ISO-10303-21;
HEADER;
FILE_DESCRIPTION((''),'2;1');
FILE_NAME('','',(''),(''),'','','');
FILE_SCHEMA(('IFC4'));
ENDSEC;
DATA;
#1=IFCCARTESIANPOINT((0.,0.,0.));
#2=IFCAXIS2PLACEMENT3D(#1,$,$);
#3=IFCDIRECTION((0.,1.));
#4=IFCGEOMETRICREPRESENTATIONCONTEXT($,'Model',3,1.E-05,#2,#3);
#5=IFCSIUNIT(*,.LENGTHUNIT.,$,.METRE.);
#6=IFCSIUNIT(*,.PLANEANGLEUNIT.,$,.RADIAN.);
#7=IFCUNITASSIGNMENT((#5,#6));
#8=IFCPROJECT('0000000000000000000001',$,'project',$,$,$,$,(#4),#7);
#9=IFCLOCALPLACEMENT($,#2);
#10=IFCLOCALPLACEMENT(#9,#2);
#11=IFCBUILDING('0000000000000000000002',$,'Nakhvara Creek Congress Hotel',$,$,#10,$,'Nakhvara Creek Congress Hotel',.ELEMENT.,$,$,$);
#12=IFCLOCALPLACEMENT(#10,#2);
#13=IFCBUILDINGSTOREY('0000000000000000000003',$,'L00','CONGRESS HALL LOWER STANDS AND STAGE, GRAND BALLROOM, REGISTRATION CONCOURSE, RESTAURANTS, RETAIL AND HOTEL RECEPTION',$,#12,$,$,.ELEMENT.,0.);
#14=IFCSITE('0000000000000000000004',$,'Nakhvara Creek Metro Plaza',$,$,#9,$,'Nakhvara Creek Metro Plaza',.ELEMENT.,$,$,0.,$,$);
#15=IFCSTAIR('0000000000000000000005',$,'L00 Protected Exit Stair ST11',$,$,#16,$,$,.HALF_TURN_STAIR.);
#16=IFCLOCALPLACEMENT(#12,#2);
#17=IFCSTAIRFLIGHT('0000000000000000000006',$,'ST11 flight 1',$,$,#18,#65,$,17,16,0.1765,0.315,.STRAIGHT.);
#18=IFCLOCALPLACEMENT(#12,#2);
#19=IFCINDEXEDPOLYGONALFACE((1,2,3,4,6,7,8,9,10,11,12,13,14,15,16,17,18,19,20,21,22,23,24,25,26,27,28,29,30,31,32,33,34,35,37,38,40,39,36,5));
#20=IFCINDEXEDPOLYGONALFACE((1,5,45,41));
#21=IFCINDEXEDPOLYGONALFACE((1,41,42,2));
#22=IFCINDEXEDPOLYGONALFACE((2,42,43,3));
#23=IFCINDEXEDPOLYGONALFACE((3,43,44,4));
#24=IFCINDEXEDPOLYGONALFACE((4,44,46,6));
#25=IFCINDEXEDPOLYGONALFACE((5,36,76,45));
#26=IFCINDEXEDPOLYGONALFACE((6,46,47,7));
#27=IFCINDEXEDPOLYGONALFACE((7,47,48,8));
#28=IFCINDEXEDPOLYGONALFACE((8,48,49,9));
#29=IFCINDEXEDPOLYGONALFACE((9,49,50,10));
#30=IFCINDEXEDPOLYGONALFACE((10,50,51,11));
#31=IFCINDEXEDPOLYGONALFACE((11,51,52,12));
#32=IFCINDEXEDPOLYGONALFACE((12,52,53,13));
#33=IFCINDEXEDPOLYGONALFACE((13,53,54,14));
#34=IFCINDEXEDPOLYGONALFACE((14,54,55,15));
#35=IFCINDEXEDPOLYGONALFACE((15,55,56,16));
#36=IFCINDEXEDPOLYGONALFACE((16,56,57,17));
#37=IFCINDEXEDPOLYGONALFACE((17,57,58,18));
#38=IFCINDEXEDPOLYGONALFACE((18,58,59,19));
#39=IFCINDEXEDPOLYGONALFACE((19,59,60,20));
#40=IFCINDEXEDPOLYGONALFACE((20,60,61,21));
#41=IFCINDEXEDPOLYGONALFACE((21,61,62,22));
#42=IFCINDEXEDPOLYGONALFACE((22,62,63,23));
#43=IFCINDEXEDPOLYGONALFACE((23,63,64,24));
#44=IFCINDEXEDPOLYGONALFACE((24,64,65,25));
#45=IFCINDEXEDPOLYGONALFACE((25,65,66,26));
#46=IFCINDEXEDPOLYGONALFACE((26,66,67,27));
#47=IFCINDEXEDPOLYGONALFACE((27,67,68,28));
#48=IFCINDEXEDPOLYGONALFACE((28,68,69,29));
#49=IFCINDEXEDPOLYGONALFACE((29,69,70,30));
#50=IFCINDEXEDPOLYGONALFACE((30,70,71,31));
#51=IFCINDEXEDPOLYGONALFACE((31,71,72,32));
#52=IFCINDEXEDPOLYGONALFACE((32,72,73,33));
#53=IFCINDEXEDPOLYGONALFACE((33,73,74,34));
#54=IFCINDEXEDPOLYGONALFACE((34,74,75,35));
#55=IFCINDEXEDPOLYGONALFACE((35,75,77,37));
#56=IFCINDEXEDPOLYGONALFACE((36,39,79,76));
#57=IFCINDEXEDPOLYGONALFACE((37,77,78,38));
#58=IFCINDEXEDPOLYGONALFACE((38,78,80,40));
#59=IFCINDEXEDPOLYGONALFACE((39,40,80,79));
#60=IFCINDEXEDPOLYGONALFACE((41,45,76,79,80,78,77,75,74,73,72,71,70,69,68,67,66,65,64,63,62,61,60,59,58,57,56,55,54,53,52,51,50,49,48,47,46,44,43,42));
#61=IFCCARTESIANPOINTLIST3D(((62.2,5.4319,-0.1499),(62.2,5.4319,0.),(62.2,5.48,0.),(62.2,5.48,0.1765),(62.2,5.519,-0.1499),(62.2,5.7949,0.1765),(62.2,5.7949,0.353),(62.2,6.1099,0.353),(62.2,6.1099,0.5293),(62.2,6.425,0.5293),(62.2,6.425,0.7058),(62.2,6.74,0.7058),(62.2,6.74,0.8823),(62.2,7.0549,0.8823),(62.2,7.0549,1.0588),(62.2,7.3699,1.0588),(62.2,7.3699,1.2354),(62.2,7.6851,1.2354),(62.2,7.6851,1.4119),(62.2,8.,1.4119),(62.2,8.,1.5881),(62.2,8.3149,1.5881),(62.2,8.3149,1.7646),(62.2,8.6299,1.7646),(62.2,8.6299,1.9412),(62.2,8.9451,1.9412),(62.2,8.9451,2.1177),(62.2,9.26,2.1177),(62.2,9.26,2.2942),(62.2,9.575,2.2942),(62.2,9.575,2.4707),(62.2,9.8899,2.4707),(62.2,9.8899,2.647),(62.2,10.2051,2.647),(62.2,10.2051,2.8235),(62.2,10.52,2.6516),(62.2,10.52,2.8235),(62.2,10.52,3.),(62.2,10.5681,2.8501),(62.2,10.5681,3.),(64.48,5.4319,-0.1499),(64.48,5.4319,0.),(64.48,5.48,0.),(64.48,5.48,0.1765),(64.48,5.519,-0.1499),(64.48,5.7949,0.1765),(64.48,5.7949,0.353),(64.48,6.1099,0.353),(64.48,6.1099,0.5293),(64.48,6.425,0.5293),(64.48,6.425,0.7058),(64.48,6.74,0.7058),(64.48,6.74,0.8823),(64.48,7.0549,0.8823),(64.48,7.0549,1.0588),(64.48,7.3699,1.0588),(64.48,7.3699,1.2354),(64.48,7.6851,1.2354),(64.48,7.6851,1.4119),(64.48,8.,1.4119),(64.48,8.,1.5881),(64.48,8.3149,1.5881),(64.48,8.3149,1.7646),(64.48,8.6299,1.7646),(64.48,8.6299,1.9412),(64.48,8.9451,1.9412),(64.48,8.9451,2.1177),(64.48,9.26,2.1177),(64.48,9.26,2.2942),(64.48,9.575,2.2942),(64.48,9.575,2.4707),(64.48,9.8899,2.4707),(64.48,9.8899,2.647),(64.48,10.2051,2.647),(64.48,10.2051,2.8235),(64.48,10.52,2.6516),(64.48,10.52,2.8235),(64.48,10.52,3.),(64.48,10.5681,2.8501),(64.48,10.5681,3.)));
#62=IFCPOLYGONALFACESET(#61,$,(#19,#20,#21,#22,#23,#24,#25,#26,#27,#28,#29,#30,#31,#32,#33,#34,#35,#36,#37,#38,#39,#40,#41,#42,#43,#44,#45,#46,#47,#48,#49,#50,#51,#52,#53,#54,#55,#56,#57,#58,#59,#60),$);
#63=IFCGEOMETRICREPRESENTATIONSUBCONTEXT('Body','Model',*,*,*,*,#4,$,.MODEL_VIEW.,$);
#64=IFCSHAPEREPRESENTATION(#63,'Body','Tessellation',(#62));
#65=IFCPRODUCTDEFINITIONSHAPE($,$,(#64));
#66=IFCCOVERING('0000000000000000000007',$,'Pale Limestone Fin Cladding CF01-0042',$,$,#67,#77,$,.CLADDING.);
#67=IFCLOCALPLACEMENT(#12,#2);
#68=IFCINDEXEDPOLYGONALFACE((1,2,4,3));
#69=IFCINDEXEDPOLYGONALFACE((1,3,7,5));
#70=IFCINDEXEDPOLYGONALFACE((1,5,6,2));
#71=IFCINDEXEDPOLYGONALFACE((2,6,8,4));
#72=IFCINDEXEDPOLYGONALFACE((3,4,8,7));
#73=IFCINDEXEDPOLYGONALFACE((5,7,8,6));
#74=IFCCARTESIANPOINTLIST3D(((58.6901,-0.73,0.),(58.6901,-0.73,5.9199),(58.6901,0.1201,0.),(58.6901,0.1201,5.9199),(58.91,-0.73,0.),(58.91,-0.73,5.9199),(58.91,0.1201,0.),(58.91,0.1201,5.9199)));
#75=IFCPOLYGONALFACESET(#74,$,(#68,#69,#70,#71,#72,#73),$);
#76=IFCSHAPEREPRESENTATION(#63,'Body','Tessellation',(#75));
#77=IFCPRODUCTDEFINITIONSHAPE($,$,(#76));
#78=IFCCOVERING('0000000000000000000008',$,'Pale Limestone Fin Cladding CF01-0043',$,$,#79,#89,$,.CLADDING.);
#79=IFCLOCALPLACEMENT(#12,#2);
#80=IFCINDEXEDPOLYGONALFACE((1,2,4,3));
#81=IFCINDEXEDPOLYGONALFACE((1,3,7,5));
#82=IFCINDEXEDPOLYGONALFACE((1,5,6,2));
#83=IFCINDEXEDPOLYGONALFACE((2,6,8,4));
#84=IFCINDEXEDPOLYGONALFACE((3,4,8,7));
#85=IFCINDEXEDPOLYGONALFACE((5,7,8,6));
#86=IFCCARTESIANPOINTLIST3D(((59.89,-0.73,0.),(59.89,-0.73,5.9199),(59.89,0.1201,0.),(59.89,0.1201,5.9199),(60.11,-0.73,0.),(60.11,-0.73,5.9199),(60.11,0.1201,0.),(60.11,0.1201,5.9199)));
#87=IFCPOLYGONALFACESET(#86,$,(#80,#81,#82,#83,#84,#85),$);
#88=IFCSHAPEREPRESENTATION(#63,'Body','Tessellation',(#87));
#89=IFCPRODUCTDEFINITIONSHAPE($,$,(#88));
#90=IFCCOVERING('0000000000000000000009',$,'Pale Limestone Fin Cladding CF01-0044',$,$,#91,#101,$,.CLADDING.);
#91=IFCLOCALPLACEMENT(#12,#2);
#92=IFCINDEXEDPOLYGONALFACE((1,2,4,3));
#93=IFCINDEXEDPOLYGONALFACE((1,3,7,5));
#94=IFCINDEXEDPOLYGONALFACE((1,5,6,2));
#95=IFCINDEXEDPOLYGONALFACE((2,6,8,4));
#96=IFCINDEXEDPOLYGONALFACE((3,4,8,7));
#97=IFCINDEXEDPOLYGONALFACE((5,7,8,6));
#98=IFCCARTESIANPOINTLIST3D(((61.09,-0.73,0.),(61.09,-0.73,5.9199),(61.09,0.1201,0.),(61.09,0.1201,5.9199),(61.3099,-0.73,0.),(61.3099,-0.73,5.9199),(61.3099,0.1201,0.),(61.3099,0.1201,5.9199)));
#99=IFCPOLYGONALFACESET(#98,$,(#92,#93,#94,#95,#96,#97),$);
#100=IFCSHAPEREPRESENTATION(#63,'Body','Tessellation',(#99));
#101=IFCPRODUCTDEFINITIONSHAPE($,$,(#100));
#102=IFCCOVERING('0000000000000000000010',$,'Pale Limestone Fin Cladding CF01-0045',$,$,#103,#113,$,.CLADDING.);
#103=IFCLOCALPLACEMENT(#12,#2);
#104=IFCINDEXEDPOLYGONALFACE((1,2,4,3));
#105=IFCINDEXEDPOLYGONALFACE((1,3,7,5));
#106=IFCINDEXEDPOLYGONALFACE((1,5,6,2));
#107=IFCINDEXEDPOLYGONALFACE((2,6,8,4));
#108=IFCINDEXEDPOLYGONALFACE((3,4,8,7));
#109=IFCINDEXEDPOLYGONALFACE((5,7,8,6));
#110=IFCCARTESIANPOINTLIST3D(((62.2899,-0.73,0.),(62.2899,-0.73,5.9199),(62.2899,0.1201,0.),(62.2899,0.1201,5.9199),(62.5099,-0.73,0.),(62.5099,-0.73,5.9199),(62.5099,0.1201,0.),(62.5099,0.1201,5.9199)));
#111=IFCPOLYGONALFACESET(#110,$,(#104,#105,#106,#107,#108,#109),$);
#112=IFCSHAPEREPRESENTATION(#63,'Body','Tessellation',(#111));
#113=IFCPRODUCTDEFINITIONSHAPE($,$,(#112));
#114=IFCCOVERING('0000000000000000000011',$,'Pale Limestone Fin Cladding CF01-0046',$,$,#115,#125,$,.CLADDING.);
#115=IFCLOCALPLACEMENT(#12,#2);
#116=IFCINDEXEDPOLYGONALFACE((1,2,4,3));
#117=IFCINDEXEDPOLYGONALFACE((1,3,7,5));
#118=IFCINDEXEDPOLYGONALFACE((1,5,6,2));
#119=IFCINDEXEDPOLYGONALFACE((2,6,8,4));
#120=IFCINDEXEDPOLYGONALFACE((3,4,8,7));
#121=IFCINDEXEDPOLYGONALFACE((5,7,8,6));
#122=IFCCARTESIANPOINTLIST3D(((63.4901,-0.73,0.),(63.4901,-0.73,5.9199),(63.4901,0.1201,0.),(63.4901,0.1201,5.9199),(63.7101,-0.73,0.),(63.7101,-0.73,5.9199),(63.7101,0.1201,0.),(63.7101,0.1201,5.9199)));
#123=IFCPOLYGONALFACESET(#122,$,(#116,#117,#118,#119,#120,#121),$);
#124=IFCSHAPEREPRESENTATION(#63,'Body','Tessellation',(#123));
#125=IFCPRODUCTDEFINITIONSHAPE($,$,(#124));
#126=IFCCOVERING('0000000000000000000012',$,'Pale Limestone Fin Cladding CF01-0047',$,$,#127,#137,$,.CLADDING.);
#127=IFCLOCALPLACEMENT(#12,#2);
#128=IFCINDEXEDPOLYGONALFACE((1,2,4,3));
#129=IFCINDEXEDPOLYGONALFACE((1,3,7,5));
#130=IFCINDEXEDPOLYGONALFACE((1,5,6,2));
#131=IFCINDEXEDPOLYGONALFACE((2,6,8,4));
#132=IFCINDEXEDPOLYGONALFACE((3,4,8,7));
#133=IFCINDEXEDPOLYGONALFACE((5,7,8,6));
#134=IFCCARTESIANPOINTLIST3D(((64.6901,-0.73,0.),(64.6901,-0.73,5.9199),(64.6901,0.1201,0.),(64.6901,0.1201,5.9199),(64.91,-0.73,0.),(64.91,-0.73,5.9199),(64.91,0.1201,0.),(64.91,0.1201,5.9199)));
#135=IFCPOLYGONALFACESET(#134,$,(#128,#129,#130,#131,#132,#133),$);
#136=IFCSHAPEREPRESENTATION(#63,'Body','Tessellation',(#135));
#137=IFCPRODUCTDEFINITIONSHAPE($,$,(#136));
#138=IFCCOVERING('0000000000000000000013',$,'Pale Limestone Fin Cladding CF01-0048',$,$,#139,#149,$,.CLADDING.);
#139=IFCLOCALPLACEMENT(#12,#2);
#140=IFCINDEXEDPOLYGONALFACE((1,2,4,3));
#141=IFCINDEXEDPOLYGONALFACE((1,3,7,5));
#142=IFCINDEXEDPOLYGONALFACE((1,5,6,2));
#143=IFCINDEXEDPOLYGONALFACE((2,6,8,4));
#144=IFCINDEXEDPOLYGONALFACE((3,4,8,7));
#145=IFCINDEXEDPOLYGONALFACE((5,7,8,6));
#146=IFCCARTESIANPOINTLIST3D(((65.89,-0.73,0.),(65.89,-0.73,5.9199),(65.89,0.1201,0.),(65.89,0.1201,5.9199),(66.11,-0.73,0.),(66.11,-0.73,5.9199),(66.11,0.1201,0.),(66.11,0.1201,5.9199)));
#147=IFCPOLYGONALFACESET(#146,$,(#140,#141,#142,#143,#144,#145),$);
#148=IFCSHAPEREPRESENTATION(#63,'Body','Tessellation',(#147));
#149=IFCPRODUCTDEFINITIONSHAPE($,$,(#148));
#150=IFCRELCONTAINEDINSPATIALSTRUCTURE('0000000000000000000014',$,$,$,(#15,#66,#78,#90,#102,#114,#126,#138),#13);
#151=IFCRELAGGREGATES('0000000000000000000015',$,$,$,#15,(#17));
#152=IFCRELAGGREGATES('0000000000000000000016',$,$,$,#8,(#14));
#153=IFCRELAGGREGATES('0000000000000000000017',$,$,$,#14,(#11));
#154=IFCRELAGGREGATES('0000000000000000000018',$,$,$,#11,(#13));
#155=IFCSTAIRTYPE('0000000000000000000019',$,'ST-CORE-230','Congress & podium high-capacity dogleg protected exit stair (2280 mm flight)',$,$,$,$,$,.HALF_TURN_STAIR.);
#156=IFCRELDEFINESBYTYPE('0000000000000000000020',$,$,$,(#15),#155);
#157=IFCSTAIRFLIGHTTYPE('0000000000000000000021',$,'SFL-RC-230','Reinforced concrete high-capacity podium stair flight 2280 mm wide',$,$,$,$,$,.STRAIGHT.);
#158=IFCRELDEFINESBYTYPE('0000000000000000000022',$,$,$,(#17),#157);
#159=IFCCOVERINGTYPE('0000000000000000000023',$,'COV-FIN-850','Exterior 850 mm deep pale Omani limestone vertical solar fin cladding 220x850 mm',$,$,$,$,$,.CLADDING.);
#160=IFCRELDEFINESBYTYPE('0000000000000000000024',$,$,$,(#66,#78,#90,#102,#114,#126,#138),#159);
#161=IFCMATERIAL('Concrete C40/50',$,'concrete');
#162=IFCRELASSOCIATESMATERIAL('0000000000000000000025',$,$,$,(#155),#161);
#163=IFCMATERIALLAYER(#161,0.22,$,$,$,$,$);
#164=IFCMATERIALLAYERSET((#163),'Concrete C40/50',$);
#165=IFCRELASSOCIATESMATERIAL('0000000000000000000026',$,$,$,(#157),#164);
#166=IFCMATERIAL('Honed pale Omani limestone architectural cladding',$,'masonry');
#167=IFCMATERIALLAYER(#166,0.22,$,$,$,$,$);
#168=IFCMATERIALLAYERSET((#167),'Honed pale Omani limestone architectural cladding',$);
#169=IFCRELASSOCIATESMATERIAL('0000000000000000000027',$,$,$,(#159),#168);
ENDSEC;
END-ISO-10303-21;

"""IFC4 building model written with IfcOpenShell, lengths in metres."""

from ifc_helpers import new_model, si_unit, direction, frame, origin, origin_2d, place, context, subcontext, project, spatial, polyline, rectangle, outline, extrude, material, layer, layer_set, type_object, element, aggregate, save


model = new_model("IFC4")

# Units and contexts
model_context = context("Model", 3, precision=1e-05, world=origin(), true_north=direction((0.0, 1.0)))
body_context = subcontext(model_context, "Body", "Model", "MODEL_VIEW")
ifc_project = project(units=[si_unit("LENGTHUNIT", "METRE"), si_unit("PLANEANGLEUNIT", "RADIAN")], contexts=[model_context])

# Site, building, storey
site_placement = place(None, origin())
site = spatial("IfcSite", under=ifc_project, at=site_placement, Name="Nakhvara Creek Metro Plaza", LongName="Nakhvara Creek Metro Plaza", CompositionType="ELEMENT", RefElevation=0.0)
building_placement = place(site_placement, origin())
building = spatial("IfcBuilding", under=site, at=building_placement, Name="Nakhvara Creek Congress Hotel", LongName="Nakhvara Creek Congress Hotel", CompositionType="ELEMENT")
storey_placement = place(building_placement, origin())
storey = spatial("IfcBuildingStorey", under=building, at=storey_placement, Name="L00", Description="CONGRESS HALL LOWER STANDS AND STAGE, GRAND BALLROOM, REGISTRATION CONCOURSE, RESTAURANTS, RETAIL AND HOTEL RECEPTION", CompositionType="ELEMENT", Elevation=0.0)

# Stair, stair flight
ifc_material_1 = material(Name="Concrete C40/50", Category="concrete")
stair_type = type_object("IfcStairType", Name="ST-CORE-230", Description="Congress & podium high-capacity dogleg protected exit stair (2280 mm flight)", PredefinedType="HALF_TURN_STAIR", material=ifc_material_1)
stair_placement = place(storey_placement, origin())
stair = element("IfcStair", 1, at=stair_placement, inside=storey, type_object=stair_type, Name="L00 Protected Exit Stair ST11", PredefinedType="HALF_TURN_STAIR")
ifc_layer_1 = layer(ifc_material_1, 0.22)
ifc_layer_set_1 = layer_set([ifc_layer_1], Name="Concrete C40/50")
stair_flight_type = type_object("IfcStairFlightType", Name="SFL-RC-230", Description="Reinforced concrete high-capacity podium stair flight 2280 mm wide", PredefinedType="STRAIGHT", material=ifc_layer_set_1)
stair_flight_placement = place(storey_placement, frame((63.3401, 5.48, 0.0), z_axis=(0.0, 0.0, 1.0), x_axis=(0.0, 1.0, 0.0)))
stair_flight = element("IfcStairFlight", 2, at=stair_flight_placement, type_object=stair_flight_type, Name="ST11 flight 1", NumberOfRisers=17, NumberOfTreads=16, PredefinedType="STRAIGHT", RiserHeight=0.1765, TreadLength=0.315, context=body_context, shape_type="SweptSolid", body=[
    extrude(outline(polyline([(-0.0481, 0.0), (0.0, 0.0), (0.0, 0.1765), (0.3149, 0.1765), (0.3149, 0.353), (0.6299, 0.353), (0.6299, 0.5293), (0.9451, 0.5293), (0.9451, 0.7058), (1.26, 0.7058), (1.26, 0.8823), (1.575, 0.8823), (1.575, 1.0588), (1.8899, 1.0588), (1.8899, 1.2354), (2.2051, 1.2354), (2.2051, 1.4119), (2.52, 1.4119), (2.52, 1.5881), (2.835, 1.5881), (2.835, 1.7646), (3.1499, 1.7646), (3.1499, 1.9412), (3.4651, 1.9412), (3.4651, 2.1177), (3.78, 2.1177), (3.78, 2.2942), (4.095, 2.2942), (4.095, 2.4707), (4.4099, 2.4707), (4.4099, 2.647), (4.7251, 2.647), (4.7251, 2.8235), (5.04, 2.8235), (5.04, 3.0), (5.0881, 3.0), (5.0881, 2.8501), (5.04, 2.6516), (0.0391, -0.1499), (-0.0481, -0.1499), (-0.0481, 0.0)])), frame((0.0, 1.1401, 0.0), z_axis=(0.0, -1.0, 0.0), x_axis=(1.0, 0.0, 0.0)), (0.0, 0.0, 1.0), 2.28),
])
aggregate(stair, [stair_flight])

# Coverings
ifc_material_2 = material(Name="Honed pale Omani limestone architectural cladding", Category="masonry")
ifc_layer_2 = layer(ifc_material_2, 0.22)
ifc_layer_set_2 = layer_set([ifc_layer_2], Name="Honed pale Omani limestone architectural cladding")
covering_type = type_object("IfcCoveringType", Name="COV-FIN-850", Description="Exterior 850 mm deep pale Omani limestone vertical solar fin cladding 220x850 mm", PredefinedType="CLADDING", material=ifc_layer_set_2)
for number, where, z_axis, x_axis, name in (
    (3, (58.8, -0.3049, 0.0), (0.0, 0.0, 1.0), (1.0, 0.0, 0.0), "Pale Limestone Fin Cladding CF01-0042"),
    (4, (60.0, -0.3049, 0.0), (0.0, 0.0, 1.0), (1.0, 0.0, 0.0), "Pale Limestone Fin Cladding CF01-0043"),
    (5, (61.2, -0.3049, 0.0), (0.0, 0.0, 1.0), (1.0, 0.0, 0.0), "Pale Limestone Fin Cladding CF01-0044"),
    (6, (62.3999, -0.3049, 0.0), (0.0, 0.0, 1.0), (1.0, 0.0, 0.0), "Pale Limestone Fin Cladding CF01-0045"),
    (7, (63.6001, -0.3049, 0.0), (0.0, 0.0, 1.0), (1.0, 0.0, 0.0), "Pale Limestone Fin Cladding CF01-0046"),
    (8, (64.8, -0.3049, 0.0), (0.0, 0.0, 1.0), (1.0, 0.0, 0.0), "Pale Limestone Fin Cladding CF01-0047"),
    (9, (66.0, -0.3049, 0.0), (0.0, 0.0, 1.0), (1.0, 0.0, 0.0), "Pale Limestone Fin Cladding CF01-0048"),
):
    element("IfcCovering", number, at=place(storey_placement, frame(where, z_axis=z_axis, x_axis=x_axis)), inside=storey, type_object=covering_type, Name=name, PredefinedType="CLADDING", context=body_context, shape_type="SweptSolid", body=[
        extrude(rectangle(XDim=0.22, YDim=0.8501, at=origin_2d()), origin(), (0.0, 0.0, 1.0), 5.9199),
    ])

save(model, "model.ifc")
